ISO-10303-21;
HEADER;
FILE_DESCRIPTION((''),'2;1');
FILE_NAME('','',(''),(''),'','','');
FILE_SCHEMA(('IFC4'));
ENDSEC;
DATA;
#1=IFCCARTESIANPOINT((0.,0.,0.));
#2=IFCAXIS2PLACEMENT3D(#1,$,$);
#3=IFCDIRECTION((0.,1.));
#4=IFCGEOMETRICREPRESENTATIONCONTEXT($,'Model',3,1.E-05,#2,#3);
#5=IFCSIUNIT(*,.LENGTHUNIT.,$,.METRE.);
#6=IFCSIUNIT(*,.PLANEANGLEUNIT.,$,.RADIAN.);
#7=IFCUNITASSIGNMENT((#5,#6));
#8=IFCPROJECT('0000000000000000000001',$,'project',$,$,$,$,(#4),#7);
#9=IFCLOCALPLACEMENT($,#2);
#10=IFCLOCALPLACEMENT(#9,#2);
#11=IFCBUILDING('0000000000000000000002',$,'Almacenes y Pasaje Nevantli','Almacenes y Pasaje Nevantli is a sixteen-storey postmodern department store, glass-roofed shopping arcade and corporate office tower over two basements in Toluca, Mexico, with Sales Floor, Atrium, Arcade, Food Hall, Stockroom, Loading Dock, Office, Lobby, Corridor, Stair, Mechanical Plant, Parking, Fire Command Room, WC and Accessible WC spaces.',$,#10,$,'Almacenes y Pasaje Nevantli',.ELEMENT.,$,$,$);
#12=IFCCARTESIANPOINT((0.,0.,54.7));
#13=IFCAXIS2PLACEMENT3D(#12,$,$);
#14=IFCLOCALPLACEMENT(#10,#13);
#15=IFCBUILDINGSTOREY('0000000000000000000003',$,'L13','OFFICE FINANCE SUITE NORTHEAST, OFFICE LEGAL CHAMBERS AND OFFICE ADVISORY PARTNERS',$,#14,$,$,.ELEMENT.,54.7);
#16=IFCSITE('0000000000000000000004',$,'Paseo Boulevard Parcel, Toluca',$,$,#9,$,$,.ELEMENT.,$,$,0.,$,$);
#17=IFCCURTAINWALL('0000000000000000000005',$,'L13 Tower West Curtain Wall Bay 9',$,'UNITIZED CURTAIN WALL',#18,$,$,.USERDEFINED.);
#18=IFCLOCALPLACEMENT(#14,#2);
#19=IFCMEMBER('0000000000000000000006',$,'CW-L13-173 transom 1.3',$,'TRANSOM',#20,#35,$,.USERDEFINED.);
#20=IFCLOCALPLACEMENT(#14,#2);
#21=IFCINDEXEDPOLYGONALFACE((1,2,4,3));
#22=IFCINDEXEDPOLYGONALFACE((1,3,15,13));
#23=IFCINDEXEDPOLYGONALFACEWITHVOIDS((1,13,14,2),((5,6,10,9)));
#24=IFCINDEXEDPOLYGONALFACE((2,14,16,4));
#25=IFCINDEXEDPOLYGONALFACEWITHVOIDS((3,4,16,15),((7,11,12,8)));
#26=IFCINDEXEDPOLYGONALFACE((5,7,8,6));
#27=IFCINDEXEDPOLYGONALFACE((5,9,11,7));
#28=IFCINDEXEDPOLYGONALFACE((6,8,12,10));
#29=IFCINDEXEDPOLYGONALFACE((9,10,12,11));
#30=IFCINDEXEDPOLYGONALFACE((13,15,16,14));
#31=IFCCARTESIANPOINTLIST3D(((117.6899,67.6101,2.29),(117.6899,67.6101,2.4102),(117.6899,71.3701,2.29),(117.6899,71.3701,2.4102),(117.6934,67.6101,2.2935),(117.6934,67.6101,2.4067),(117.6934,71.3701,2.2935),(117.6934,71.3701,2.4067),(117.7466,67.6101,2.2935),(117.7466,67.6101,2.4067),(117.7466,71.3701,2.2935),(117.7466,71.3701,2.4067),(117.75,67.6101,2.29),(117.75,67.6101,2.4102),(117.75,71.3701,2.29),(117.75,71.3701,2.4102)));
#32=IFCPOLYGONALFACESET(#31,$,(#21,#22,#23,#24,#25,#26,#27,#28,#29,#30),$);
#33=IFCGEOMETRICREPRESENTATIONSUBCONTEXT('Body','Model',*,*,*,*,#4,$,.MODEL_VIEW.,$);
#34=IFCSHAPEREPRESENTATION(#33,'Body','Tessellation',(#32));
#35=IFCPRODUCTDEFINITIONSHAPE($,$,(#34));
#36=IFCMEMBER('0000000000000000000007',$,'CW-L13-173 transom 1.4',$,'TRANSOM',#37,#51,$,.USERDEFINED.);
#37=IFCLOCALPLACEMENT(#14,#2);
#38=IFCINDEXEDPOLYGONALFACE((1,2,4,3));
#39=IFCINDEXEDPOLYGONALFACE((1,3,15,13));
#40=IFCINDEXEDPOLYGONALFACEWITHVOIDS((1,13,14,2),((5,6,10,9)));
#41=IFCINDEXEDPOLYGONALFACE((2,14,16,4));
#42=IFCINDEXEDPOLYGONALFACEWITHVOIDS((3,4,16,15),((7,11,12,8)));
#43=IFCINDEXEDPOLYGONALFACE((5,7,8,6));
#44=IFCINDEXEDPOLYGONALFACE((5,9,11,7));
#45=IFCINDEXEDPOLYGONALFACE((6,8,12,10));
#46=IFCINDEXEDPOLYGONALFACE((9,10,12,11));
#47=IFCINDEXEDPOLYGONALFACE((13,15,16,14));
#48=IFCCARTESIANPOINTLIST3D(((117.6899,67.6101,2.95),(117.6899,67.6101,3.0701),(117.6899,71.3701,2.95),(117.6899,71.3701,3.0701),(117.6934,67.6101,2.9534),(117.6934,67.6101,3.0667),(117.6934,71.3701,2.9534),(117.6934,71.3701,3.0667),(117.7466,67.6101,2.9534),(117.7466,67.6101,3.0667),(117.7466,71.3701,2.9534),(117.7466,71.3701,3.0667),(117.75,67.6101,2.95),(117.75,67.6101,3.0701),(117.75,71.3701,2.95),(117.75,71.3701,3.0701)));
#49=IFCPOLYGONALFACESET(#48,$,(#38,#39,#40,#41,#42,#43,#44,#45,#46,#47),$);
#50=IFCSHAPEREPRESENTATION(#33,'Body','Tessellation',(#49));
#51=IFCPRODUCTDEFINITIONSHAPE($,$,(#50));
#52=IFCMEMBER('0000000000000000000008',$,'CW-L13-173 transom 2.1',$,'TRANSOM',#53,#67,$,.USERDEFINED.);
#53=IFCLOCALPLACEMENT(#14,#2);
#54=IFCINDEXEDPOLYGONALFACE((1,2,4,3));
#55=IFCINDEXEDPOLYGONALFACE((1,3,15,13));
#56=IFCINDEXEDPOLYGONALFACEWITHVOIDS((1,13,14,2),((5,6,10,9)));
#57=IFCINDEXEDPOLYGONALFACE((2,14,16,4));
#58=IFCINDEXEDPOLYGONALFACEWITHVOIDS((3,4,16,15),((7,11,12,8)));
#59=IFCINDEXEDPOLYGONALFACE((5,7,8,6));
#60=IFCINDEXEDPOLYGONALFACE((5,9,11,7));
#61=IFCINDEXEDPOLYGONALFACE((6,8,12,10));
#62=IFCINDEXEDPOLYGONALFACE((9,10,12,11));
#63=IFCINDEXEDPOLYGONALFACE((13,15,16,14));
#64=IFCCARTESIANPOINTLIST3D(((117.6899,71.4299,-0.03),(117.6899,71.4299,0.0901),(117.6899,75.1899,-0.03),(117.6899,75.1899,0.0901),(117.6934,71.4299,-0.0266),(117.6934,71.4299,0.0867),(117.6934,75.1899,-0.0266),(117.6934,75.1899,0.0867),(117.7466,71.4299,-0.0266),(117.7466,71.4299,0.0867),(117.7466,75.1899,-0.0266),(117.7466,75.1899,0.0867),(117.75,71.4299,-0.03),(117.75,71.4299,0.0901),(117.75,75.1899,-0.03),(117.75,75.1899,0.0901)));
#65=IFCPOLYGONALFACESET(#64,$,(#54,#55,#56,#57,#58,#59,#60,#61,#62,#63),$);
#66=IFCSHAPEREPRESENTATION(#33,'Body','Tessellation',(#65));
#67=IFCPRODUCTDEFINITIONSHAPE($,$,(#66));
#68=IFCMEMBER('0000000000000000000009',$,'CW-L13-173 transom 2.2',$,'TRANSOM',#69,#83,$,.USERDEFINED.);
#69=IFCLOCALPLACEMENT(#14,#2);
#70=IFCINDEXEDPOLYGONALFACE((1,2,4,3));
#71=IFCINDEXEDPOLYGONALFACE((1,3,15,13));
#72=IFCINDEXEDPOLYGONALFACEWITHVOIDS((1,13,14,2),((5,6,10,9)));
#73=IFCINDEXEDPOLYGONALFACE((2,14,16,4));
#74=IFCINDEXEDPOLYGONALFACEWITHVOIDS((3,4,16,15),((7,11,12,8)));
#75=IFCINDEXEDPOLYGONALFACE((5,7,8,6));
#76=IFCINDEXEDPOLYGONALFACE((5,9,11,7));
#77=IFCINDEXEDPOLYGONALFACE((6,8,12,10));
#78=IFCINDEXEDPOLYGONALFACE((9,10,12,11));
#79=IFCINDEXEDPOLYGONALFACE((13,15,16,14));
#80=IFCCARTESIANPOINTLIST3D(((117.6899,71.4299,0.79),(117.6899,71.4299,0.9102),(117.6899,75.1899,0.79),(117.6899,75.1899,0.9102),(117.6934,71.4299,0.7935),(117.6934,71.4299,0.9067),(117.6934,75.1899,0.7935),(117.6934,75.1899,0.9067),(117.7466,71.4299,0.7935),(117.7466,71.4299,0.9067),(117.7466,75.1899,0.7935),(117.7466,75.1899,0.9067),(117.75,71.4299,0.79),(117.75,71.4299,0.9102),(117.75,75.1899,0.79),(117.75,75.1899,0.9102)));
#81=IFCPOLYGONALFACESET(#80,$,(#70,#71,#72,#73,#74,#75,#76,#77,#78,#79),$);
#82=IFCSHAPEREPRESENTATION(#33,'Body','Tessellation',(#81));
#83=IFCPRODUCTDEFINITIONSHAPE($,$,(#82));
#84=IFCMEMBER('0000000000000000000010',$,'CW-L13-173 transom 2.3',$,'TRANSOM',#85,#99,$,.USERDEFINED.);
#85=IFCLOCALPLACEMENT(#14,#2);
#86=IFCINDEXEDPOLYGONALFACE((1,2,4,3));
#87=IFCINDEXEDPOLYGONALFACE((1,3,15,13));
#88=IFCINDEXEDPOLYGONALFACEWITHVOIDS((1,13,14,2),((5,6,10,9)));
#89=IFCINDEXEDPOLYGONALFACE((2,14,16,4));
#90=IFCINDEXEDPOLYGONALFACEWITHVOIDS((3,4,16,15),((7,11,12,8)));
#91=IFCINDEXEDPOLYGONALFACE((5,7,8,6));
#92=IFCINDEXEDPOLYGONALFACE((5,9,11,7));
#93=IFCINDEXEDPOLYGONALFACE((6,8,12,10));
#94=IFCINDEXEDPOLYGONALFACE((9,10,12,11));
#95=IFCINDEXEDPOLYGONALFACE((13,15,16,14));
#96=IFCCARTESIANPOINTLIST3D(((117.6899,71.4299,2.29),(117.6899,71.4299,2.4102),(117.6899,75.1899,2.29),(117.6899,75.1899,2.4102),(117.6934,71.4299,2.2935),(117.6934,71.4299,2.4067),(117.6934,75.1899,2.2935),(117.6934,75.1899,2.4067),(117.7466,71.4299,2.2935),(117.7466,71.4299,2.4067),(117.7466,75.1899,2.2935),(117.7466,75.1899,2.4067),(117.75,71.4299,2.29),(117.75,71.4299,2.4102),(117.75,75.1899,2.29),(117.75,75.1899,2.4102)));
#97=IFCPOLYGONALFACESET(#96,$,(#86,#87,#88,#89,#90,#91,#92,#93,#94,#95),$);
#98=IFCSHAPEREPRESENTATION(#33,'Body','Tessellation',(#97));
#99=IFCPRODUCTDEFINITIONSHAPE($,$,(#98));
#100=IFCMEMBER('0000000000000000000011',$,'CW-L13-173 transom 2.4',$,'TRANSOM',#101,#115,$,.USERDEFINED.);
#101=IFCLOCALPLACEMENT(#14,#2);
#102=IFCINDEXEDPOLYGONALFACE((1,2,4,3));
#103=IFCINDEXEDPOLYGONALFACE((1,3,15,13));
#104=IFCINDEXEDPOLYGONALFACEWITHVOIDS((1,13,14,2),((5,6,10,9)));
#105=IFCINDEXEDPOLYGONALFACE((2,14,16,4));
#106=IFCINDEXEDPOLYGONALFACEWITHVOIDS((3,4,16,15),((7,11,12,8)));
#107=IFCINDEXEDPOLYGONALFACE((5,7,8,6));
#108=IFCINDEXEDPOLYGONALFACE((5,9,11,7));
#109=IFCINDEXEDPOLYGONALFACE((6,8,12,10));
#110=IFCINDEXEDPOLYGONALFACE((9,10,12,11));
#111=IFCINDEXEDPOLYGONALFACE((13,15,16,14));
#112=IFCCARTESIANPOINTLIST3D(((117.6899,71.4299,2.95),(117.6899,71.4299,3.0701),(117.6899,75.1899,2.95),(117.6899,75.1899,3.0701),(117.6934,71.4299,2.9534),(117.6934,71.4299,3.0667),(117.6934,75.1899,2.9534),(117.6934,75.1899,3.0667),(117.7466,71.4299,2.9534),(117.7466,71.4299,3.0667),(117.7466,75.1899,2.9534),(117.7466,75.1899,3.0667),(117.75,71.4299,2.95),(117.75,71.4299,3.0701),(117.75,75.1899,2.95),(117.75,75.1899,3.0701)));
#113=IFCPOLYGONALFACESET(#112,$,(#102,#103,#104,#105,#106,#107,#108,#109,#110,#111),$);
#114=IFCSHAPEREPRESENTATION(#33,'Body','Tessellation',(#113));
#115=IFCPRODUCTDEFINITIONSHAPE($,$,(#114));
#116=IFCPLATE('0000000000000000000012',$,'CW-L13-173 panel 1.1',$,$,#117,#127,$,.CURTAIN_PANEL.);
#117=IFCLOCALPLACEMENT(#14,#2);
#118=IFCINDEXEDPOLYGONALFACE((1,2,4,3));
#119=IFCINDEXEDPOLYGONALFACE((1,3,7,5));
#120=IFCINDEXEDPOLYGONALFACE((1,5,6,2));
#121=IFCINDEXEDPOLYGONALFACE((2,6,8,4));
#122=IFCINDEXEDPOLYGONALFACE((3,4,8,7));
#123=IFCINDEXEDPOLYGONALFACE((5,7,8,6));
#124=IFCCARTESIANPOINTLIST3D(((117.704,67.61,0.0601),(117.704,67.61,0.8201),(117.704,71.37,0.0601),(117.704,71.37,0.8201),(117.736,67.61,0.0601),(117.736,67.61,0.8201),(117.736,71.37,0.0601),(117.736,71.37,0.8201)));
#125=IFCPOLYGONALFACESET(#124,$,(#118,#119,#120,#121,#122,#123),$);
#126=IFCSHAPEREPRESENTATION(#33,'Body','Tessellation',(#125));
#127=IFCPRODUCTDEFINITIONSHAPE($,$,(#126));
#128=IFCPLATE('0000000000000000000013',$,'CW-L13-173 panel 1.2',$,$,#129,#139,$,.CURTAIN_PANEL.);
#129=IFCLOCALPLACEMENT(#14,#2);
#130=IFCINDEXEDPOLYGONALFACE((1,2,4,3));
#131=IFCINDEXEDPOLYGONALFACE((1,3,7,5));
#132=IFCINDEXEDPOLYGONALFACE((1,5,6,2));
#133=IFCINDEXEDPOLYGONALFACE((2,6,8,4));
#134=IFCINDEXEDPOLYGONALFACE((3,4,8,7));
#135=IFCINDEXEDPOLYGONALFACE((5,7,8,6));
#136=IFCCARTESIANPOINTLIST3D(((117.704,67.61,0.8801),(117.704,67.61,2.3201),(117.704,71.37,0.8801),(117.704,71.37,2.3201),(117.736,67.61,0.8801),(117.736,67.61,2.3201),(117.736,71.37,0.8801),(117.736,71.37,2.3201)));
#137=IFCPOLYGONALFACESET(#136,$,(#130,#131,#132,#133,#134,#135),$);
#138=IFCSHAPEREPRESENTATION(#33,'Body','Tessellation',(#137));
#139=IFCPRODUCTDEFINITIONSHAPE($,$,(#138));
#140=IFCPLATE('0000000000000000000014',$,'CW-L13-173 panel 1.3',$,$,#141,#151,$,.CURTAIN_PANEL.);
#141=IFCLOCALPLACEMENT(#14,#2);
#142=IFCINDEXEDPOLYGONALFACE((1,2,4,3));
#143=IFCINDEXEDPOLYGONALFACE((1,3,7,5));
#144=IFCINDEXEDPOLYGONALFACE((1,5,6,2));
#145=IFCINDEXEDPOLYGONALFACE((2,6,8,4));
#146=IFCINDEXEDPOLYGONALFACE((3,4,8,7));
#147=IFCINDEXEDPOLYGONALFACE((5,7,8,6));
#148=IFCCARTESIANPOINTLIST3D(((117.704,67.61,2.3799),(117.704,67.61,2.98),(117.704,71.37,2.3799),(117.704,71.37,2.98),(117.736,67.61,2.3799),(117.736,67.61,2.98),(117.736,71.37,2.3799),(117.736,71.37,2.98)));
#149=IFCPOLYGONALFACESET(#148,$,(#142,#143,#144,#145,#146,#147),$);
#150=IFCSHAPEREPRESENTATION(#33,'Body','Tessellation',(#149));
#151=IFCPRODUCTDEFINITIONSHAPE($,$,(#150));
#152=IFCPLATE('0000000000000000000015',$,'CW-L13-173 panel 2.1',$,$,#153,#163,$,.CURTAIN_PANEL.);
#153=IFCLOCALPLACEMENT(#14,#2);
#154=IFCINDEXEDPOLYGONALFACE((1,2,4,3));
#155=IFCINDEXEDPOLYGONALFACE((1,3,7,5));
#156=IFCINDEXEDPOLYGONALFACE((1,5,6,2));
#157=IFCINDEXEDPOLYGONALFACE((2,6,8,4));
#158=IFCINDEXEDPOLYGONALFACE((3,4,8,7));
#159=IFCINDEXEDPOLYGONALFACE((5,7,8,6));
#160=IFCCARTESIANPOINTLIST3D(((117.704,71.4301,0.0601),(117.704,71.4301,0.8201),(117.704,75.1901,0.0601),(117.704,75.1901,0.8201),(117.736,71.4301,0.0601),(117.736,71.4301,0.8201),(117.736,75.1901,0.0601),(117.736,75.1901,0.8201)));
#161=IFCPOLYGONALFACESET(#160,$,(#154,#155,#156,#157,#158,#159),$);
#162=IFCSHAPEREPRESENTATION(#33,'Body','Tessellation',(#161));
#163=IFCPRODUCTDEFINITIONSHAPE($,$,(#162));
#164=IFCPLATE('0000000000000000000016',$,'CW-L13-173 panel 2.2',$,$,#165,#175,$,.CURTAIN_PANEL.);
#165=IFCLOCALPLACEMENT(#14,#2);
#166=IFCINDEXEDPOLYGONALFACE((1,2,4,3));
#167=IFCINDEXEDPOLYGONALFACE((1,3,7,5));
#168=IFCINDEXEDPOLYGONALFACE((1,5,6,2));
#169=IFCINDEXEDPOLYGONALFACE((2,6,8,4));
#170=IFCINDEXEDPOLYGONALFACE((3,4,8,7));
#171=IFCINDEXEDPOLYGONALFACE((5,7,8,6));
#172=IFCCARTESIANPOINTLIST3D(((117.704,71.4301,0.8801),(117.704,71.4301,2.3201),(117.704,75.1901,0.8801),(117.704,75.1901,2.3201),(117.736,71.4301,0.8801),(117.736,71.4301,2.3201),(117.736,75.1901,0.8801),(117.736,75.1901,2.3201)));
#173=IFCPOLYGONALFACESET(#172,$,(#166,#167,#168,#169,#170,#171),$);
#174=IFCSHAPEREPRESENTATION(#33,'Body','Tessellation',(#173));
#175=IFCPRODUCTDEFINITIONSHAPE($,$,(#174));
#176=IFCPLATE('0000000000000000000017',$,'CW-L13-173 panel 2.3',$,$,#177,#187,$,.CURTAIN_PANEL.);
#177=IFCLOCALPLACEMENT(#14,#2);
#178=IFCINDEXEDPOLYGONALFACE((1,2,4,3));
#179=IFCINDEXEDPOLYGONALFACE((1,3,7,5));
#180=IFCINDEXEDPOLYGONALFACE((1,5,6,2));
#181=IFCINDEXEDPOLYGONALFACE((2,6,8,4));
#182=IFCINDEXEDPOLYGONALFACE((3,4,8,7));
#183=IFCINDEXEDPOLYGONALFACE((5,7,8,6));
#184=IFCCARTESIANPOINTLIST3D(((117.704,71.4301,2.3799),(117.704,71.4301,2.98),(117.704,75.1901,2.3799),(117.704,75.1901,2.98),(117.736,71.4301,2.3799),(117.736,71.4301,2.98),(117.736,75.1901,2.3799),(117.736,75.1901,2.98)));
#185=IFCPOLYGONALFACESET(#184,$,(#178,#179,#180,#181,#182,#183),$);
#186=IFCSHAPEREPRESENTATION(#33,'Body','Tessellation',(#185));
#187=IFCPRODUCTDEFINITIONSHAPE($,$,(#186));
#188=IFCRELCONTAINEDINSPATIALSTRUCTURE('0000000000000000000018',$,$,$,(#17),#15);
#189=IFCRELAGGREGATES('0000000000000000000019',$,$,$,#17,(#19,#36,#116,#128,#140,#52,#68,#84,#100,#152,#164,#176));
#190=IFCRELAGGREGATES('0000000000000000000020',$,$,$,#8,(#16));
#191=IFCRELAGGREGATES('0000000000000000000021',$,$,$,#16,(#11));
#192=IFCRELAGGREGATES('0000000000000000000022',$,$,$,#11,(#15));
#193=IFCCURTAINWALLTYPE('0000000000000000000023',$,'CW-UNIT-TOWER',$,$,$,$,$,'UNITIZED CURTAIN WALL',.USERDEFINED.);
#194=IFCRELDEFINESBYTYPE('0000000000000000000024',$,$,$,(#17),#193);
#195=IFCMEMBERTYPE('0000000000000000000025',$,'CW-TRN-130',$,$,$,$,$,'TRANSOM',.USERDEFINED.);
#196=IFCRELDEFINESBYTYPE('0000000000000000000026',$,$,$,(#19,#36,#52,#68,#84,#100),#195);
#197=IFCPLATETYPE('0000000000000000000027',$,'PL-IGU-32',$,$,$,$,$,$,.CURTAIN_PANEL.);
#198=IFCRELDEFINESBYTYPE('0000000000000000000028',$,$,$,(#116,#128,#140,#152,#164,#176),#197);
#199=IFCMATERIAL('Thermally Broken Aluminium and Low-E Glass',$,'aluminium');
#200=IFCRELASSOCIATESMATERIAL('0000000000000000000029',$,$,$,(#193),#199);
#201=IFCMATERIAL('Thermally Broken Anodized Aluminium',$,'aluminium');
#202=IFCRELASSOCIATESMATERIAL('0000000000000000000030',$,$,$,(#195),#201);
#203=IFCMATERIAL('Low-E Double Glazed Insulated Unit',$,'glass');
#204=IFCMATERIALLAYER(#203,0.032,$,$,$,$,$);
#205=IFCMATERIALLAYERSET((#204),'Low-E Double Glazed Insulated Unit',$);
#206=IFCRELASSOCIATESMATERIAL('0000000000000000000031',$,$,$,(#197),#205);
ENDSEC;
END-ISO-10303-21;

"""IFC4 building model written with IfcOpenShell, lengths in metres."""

from ifc_helpers import new_model, si_unit, direction, frame, origin, origin_2d, place, context, subcontext, project, spatial, rectangle, hollow_rectangle, extrude, material, layer, layer_set, material_profile, profile_set, type_object, element, aggregate, save


model = new_model("IFC4")

# Units and contexts
model_context = context("Model", 3, precision=1e-05, world=origin(), true_north=direction((0.0, 1.0)))
body_context = subcontext(model_context, "Body", "Model", "MODEL_VIEW")
ifc_project = project(units=[si_unit("LENGTHUNIT", "METRE"), si_unit("PLANEANGLEUNIT", "RADIAN")], contexts=[model_context])

# Site, building, storey
site_placement = place(None, origin())
site = spatial("IfcSite", under=ifc_project, at=site_placement, Name="Paseo Boulevard Parcel, Toluca", CompositionType="ELEMENT", RefElevation=0.0)
building_placement = place(site_placement, origin())
building = spatial("IfcBuilding", under=site, at=building_placement, Name="Almacenes y Pasaje Nevantli", Description="Almacenes y Pasaje Nevantli is a sixteen-storey postmodern department store, glass-roofed shopping arcade and corporate office tower over two basements in Toluca, Mexico, with Sales Floor, Atrium, Arcade, Food Hall, Stockroom, Loading Dock, Office, Lobby, Corridor, Stair, Mechanical Plant, Parking, Fire Command Room, WC and Accessible WC spaces.", LongName="Almacenes y Pasaje Nevantli", CompositionType="ELEMENT")
storey_placement = place(building_placement, frame((0.0, 0.0, 54.7)))
storey = spatial("IfcBuildingStorey", under=building, at=storey_placement, Name="L13", Description="OFFICE FINANCE SUITE NORTHEAST, OFFICE LEGAL CHAMBERS AND OFFICE ADVISORY PARTNERS", CompositionType="ELEMENT", Elevation=54.7)

# Curtain wall
ifc_material_1 = material(Name="Thermally Broken Aluminium and Low-E Glass", Category="aluminium")
curtain_wall_type = type_object("IfcCurtainWallType", Name="CW-UNIT-TOWER", ElementType="UNITIZED CURTAIN WALL", PredefinedType="USERDEFINED", material=ifc_material_1)
curtain_wall_1_placement = place(storey_placement, origin())
curtain_wall_1 = element("IfcCurtainWall", 1, at=curtain_wall_1_placement, inside=storey, type_object=curtain_wall_type, Name="L13 Tower West Curtain Wall Bay 9", ObjectType="UNITIZED CURTAIN WALL", PredefinedType="USERDEFINED")

# Members
ifc_material_2 = material(Name="Thermally Broken Anodized Aluminium", Category="aluminium")
ifc_material_profile_1 = material_profile(ifc_material_2, hollow_rectangle(XDim=0.0601, YDim=0.1201, WallThickness=0.0034, at=origin_2d()), Name="ALU-TRN-60x120")
ifc_profile_set_1 = profile_set([ifc_material_profile_1], Name="Thermally Broken Anodized Aluminium")
member_type_1 = type_object("IfcMemberType", Name="CW-TRN-130", ElementType="TRANSOM", PredefinedType="USERDEFINED", material=ifc_profile_set_1)
member_1_placement = place(storey_placement, frame((117.72, 67.6101, 2.3501), z_axis=(0.0, 1.0, 0.0), x_axis=(-1.0, 0.0, 0.0)))
member_1 = element("IfcMember", 2, at=member_1_placement, type_object=member_type_1, Name="CW-L13-173 transom 1.3", ObjectType="TRANSOM", PredefinedType="USERDEFINED", context=body_context, shape_type="SweptSolid", body=[
    extrude(hollow_rectangle(XDim=0.0601, YDim=0.1201, WallThickness=0.0034, at=origin_2d()), origin(), (0.0, 0.0, 1.0), 3.76),
])
member_2_placement = place(storey_placement, frame((117.72, 67.6101, 3.01), z_axis=(0.0, 1.0, 0.0), x_axis=(-1.0, 0.0, 0.0)))
member_2 = element("IfcMember", 3, at=member_2_placement, type_object=member_type_1, Name="CW-L13-173 transom 1.4", ObjectType="TRANSOM", PredefinedType="USERDEFINED", context=body_context, shape_type="SweptSolid", body=[
    extrude(hollow_rectangle(XDim=0.0601, YDim=0.1201, WallThickness=0.0034, at=origin_2d()), origin(), (0.0, 0.0, 1.0), 3.76),
])
member_3_placement = place(storey_placement, frame((117.72, 71.4299, 0.03), z_axis=(0.0, 1.0, 0.0), x_axis=(-1.0, 0.0, 0.0)))
member_3 = element("IfcMember", 4, at=member_3_placement, type_object=member_type_1, Name="CW-L13-173 transom 2.1", ObjectType="TRANSOM", PredefinedType="USERDEFINED", context=body_context, shape_type="SweptSolid", body=[
    extrude(hollow_rectangle(XDim=0.0601, YDim=0.1201, WallThickness=0.0034, at=origin_2d()), origin(), (0.0, 0.0, 1.0), 3.76),
])
member_4_placement = place(storey_placement, frame((117.72, 71.4299, 0.8501), z_axis=(0.0, 1.0, 0.0), x_axis=(-1.0, 0.0, 0.0)))
member_4 = element("IfcMember", 5, at=member_4_placement, type_object=member_type_1, Name="CW-L13-173 transom 2.2", ObjectType="TRANSOM", PredefinedType="USERDEFINED", context=body_context, shape_type="SweptSolid", body=[
    extrude(hollow_rectangle(XDim=0.0601, YDim=0.1201, WallThickness=0.0034, at=origin_2d()), origin(), (0.0, 0.0, 1.0), 3.76),
])
member_5_placement = place(storey_placement, frame((117.72, 71.4299, 2.3501), z_axis=(0.0, 1.0, 0.0), x_axis=(-1.0, 0.0, 0.0)))
member_5 = element("IfcMember", 6, at=member_5_placement, type_object=member_type_1, Name="CW-L13-173 transom 2.3", ObjectType="TRANSOM", PredefinedType="USERDEFINED", context=body_context, shape_type="SweptSolid", body=[
    extrude(hollow_rectangle(XDim=0.0601, YDim=0.1201, WallThickness=0.0034, at=origin_2d()), origin(), (0.0, 0.0, 1.0), 3.76),
])
member_6_placement = place(storey_placement, frame((117.72, 71.4299, 3.01), z_axis=(0.0, 1.0, 0.0), x_axis=(-1.0, 0.0, 0.0)))
member_6 = element("IfcMember", 7, at=member_6_placement, type_object=member_type_1, Name="CW-L13-173 transom 2.4", ObjectType="TRANSOM", PredefinedType="USERDEFINED", context=body_context, shape_type="SweptSolid", body=[
    extrude(hollow_rectangle(XDim=0.0601, YDim=0.1201, WallThickness=0.0034, at=origin_2d()), origin(), (0.0, 0.0, 1.0), 3.76),
])

# Plates
ifc_material_3 = material(Name="Low-E Double Glazed Insulated Unit", Category="glass")
ifc_layer = layer(ifc_material_3, 0.032)
ifc_layer_set = layer_set([ifc_layer], Name="Low-E Double Glazed Insulated Unit")
plate_type = type_object("IfcPlateType", Name="PL-IGU-32", PredefinedType="CURTAIN_PANEL", material=ifc_layer_set)
plate_1_placement = place(storey_placement, frame((117.72, 69.49, 0.0601), z_axis=(0.0, 0.0, 1.0), x_axis=(0.0, 1.0, 0.0)))
plate_1 = element("IfcPlate", 8, at=plate_1_placement, type_object=plate_type, Name="CW-L13-173 panel 1.1", PredefinedType="CURTAIN_PANEL", context=body_context, shape_type="SweptSolid", body=[
    extrude(rectangle(XDim=3.76, YDim=0.032, at=origin_2d()), origin(), (0.0, 0.0, 1.0), 0.76),
])
plate_2_placement = place(storey_placement, frame((117.72, 69.49, 0.8801), z_axis=(0.0, 0.0, 1.0), x_axis=(0.0, 1.0, 0.0)))
plate_2 = element("IfcPlate", 9, at=plate_2_placement, type_object=plate_type, Name="CW-L13-173 panel 1.2", PredefinedType="CURTAIN_PANEL", context=body_context, shape_type="SweptSolid", body=[
    extrude(rectangle(XDim=3.76, YDim=0.032, at=origin_2d()), origin(), (0.0, 0.0, 1.0), 1.4399),
])
plate_3_placement = place(storey_placement, frame((117.72, 69.49, 2.3799), z_axis=(0.0, 0.0, 1.0), x_axis=(0.0, 1.0, 0.0)))
plate_3 = element("IfcPlate", 10, at=plate_3_placement, type_object=plate_type, Name="CW-L13-173 panel 1.3", PredefinedType="CURTAIN_PANEL", context=body_context, shape_type="SweptSolid", body=[
    extrude(rectangle(XDim=3.76, YDim=0.032, at=origin_2d()), origin(), (0.0, 0.0, 1.0), 0.6001),
])
plate_4_placement = place(storey_placement, frame((117.72, 73.3101, 0.0601), z_axis=(0.0, 0.0, 1.0), x_axis=(0.0, 1.0, 0.0)))
plate_4 = element("IfcPlate", 11, at=plate_4_placement, type_object=plate_type, Name="CW-L13-173 panel 2.1", PredefinedType="CURTAIN_PANEL", context=body_context, shape_type="SweptSolid", body=[
    extrude(rectangle(XDim=3.76, YDim=0.032, at=origin_2d()), origin(), (0.0, 0.0, 1.0), 0.76),
])
plate_5_placement = place(storey_placement, frame((117.72, 73.3101, 0.8801), z_axis=(0.0, 0.0, 1.0), x_axis=(0.0, 1.0, 0.0)))
plate_5 = element("IfcPlate", 12, at=plate_5_placement, type_object=plate_type, Name="CW-L13-173 panel 2.2", PredefinedType="CURTAIN_PANEL", context=body_context, shape_type="SweptSolid", body=[
    extrude(rectangle(XDim=3.76, YDim=0.032, at=origin_2d()), origin(), (0.0, 0.0, 1.0), 1.4399),
])
plate_6_placement = place(storey_placement, frame((117.72, 73.3101, 2.3799), z_axis=(0.0, 0.0, 1.0), x_axis=(0.0, 1.0, 0.0)))
plate_6 = element("IfcPlate", 13, at=plate_6_placement, type_object=plate_type, Name="CW-L13-173 panel 2.3", PredefinedType="CURTAIN_PANEL", context=body_context, shape_type="SweptSolid", body=[
    extrude(rectangle(XDim=3.76, YDim=0.032, at=origin_2d()), origin(), (0.0, 0.0, 1.0), 0.6001),
])
aggregate(curtain_wall_1, [member_1, member_2, plate_1, plate_2, plate_3, member_3, member_4, member_5, member_6, plate_4, plate_5, plate_6])

save(model, "model.ifc")
